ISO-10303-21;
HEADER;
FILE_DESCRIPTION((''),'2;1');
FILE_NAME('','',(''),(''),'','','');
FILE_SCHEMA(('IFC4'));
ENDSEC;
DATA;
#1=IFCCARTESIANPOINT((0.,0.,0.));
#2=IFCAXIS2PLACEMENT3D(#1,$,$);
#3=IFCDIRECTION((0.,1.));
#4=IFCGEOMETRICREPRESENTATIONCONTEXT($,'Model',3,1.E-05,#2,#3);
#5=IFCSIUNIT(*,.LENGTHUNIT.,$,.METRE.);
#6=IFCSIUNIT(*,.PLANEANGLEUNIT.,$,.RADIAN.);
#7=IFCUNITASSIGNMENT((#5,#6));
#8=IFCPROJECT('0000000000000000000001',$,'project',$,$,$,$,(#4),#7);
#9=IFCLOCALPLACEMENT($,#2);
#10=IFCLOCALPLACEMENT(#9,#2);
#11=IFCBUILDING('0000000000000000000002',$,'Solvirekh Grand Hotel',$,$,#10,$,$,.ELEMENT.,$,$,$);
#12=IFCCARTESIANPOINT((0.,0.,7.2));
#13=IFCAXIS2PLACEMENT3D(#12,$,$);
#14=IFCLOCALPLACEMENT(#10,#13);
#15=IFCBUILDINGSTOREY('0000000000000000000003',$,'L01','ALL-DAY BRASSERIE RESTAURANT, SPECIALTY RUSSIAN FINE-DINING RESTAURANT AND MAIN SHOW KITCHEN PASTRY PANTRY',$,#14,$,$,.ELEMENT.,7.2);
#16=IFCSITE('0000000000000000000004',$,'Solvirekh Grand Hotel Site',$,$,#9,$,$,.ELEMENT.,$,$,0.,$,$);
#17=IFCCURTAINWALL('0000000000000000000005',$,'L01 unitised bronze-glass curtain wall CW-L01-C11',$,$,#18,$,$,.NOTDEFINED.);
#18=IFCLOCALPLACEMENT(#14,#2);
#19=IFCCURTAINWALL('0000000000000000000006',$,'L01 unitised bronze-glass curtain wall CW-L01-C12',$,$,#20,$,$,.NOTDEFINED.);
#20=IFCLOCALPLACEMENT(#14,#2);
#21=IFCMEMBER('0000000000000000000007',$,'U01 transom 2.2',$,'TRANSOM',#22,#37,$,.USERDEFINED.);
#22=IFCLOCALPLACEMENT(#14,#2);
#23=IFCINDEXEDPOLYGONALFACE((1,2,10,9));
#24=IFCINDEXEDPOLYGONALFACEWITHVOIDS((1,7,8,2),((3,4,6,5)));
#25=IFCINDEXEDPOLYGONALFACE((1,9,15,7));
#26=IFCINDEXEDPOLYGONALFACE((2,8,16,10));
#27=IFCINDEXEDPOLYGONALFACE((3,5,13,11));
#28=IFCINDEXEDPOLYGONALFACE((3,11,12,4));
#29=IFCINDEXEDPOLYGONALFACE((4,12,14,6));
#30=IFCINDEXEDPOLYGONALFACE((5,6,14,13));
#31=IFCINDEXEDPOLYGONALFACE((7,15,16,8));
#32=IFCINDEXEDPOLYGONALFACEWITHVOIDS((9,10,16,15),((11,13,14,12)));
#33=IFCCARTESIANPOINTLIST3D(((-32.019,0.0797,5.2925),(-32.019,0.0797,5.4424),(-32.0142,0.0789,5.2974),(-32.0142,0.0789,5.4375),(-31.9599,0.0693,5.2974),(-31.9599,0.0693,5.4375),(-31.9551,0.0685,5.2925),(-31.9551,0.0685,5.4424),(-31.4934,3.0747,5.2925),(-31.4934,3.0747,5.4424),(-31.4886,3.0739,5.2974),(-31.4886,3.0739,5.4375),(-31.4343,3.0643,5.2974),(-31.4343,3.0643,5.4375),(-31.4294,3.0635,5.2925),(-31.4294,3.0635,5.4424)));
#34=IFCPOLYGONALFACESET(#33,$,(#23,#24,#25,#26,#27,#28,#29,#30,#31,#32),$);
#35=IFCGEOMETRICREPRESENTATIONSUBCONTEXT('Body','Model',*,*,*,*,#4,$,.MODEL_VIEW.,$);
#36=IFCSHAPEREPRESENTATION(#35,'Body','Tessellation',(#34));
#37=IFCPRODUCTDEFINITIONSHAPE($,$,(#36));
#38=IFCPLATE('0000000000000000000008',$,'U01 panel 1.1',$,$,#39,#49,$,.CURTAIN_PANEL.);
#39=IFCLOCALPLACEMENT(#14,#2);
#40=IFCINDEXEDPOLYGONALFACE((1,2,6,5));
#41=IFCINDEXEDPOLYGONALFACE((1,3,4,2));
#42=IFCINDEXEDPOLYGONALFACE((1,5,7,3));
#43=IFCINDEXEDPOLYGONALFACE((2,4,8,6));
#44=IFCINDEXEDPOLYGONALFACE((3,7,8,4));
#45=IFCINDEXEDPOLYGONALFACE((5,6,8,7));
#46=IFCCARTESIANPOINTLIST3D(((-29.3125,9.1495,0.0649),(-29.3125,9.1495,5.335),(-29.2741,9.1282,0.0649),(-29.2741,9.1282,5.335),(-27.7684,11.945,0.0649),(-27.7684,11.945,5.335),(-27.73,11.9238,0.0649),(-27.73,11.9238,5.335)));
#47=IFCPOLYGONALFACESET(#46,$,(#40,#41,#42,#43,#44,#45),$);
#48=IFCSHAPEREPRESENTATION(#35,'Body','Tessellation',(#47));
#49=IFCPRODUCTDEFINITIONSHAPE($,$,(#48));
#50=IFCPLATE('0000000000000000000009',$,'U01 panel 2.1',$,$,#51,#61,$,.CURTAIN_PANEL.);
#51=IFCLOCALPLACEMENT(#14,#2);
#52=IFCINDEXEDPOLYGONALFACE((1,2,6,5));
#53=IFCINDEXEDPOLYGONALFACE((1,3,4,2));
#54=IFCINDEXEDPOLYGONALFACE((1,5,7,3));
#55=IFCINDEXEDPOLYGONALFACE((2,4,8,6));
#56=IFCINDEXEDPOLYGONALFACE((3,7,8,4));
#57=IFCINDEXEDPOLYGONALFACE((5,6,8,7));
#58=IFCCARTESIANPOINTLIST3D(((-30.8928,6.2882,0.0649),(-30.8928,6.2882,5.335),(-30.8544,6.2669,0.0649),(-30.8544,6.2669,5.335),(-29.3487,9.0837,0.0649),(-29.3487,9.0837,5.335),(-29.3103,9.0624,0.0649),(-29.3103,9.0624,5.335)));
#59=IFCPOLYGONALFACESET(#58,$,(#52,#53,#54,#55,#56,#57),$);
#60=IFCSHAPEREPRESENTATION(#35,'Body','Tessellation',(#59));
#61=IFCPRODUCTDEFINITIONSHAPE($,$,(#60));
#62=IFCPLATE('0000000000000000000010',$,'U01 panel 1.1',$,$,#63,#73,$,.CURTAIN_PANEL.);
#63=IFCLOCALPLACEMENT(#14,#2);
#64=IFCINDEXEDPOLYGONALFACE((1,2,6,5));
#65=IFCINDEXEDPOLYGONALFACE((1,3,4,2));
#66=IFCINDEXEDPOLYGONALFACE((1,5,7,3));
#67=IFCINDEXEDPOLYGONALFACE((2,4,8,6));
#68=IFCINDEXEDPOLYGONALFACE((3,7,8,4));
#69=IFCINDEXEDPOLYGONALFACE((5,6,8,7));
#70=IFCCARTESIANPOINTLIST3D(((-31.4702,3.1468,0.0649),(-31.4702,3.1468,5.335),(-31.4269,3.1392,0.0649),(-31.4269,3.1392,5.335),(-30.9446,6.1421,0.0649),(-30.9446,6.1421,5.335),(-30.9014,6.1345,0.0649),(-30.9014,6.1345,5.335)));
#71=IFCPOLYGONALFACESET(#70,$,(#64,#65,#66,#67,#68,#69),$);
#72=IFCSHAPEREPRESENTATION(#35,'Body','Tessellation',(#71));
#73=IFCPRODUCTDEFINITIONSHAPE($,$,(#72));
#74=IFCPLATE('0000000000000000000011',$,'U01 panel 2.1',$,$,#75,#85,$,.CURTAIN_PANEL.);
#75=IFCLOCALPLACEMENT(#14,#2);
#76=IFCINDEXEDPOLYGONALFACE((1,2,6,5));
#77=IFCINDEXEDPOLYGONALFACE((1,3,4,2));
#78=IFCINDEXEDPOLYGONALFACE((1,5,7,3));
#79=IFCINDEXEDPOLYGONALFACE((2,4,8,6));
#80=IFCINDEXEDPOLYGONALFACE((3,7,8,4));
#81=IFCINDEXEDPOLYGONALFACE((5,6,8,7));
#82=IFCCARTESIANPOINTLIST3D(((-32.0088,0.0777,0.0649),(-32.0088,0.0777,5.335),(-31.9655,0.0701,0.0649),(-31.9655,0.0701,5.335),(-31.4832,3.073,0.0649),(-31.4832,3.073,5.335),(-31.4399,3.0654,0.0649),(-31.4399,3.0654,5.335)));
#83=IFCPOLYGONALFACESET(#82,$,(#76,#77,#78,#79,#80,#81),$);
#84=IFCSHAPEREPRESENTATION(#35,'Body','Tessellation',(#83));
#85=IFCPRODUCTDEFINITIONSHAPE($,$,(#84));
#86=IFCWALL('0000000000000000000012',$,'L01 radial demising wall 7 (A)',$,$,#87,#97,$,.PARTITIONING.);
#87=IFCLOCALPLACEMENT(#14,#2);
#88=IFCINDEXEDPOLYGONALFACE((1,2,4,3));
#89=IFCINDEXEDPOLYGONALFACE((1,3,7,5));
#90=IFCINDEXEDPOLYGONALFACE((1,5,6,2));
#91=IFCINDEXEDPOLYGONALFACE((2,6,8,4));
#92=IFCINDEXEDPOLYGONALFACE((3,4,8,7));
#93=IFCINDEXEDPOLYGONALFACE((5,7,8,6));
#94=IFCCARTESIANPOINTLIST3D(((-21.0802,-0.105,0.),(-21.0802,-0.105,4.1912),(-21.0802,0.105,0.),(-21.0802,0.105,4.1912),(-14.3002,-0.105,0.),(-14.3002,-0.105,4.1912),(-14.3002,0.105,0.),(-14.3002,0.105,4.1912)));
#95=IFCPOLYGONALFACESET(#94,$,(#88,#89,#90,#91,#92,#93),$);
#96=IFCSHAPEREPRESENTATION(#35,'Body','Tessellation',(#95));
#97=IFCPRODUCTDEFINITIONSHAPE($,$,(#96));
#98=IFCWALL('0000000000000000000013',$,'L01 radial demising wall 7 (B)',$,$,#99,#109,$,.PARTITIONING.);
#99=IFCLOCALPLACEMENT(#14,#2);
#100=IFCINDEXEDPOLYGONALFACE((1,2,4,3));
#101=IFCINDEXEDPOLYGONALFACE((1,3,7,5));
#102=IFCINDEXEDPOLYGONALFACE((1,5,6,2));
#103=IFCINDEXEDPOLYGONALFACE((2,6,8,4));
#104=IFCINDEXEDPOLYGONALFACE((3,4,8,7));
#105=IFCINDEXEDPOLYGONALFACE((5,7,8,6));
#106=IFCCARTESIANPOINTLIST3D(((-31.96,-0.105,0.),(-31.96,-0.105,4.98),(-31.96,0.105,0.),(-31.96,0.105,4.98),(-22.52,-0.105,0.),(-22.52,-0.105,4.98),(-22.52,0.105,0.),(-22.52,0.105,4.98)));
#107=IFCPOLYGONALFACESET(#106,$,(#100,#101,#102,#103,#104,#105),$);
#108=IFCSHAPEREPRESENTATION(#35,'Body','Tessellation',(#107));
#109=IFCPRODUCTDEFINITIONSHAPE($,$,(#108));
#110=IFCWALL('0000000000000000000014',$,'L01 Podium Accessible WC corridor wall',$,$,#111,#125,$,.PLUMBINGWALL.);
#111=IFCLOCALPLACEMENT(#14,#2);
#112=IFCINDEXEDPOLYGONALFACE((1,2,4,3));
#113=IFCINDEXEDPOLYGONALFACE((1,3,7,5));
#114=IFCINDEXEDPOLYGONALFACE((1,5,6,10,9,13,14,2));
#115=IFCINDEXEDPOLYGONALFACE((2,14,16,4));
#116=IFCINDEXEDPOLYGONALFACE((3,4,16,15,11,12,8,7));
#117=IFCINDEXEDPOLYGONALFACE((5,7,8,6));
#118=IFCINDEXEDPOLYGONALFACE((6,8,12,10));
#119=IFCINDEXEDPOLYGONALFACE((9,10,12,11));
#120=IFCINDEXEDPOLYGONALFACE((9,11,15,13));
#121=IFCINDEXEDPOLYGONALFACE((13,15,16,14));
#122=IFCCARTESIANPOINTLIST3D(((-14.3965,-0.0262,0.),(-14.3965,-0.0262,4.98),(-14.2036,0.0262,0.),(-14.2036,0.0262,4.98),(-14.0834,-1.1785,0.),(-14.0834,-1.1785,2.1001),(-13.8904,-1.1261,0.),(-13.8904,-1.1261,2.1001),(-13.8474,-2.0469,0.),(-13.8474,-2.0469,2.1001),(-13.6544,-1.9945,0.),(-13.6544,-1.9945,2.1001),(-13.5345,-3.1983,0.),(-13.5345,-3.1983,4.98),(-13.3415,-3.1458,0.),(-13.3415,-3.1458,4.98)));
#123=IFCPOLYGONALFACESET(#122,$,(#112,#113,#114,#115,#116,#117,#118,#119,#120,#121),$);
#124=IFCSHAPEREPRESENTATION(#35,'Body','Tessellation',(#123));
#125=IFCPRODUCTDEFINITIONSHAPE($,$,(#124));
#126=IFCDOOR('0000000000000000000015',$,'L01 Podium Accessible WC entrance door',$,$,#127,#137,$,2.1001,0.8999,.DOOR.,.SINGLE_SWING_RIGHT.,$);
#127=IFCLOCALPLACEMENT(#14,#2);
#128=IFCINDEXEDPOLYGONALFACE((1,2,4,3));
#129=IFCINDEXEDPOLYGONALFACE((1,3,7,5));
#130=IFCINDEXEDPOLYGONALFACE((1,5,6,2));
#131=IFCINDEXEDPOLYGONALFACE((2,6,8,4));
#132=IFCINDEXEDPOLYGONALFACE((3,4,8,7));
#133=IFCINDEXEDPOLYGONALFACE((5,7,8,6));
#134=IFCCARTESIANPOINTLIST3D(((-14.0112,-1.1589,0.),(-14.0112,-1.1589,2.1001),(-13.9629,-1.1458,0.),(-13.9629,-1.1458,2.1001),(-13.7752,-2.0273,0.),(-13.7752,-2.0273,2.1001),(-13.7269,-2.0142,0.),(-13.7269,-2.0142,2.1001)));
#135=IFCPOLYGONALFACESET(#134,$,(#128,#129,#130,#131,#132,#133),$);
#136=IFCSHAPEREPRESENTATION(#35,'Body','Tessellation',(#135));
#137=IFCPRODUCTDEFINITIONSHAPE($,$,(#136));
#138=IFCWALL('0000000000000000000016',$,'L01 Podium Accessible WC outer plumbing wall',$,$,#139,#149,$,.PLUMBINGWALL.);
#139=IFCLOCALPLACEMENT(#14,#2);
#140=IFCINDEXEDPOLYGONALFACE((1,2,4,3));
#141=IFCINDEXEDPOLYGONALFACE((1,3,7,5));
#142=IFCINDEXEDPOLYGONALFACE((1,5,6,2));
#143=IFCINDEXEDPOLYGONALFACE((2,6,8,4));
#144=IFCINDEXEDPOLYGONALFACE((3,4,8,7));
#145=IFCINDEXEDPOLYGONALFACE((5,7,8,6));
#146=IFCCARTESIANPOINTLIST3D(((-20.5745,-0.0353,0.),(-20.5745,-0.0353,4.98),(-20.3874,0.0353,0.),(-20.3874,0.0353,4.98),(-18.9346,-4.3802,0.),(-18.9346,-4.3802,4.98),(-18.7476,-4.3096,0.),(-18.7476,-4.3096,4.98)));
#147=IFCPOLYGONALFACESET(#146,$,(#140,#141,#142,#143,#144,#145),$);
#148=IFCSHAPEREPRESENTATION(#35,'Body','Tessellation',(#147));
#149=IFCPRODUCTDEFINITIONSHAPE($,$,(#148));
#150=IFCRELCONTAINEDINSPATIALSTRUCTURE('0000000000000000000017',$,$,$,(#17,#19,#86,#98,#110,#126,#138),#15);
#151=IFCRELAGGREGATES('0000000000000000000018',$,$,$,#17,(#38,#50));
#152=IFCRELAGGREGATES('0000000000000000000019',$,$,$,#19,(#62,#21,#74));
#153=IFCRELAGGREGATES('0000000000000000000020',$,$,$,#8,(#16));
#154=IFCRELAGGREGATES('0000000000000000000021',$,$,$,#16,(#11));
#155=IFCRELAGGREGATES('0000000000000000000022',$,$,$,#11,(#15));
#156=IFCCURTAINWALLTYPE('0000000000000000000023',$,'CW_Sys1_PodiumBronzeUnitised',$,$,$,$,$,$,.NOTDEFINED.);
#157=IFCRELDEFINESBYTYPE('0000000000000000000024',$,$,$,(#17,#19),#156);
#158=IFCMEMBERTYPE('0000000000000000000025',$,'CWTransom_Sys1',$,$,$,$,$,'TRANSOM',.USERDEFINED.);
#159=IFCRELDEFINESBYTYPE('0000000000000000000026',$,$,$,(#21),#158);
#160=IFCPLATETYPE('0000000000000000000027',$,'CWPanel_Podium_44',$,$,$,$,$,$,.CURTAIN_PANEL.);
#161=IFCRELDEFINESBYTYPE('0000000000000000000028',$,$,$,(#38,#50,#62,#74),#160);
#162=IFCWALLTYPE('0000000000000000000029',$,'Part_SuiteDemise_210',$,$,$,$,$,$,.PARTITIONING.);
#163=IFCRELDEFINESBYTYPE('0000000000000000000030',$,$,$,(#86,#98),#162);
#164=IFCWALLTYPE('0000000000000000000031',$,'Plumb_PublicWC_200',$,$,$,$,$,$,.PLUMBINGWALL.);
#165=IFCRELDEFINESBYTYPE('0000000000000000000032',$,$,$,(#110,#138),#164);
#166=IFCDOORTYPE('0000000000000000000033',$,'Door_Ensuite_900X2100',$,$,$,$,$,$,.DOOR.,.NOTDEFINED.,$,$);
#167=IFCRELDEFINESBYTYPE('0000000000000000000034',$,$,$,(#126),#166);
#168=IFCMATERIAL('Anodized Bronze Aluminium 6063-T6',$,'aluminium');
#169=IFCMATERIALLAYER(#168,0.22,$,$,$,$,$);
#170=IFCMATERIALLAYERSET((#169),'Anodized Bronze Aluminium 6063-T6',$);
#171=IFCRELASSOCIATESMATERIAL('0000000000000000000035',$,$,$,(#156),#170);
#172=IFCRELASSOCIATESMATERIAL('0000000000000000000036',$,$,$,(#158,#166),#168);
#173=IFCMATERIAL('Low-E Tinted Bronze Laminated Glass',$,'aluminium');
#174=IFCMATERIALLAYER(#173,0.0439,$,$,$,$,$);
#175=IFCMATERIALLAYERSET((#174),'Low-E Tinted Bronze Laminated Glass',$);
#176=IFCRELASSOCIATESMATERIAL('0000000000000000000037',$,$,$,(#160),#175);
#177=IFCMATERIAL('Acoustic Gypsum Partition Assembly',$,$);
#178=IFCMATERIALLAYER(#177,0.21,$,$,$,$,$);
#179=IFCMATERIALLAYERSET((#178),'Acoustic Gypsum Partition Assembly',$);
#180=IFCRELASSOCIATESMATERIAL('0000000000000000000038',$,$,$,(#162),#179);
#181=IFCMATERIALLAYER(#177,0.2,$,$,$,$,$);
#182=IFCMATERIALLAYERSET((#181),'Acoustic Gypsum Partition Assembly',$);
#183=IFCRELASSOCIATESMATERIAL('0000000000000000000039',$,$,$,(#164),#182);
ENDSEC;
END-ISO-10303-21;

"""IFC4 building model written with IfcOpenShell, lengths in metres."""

from ifc_helpers import new_model, si_unit, direction, frame, frame_2d, origin, origin_2d, place, context, subcontext, project, spatial, rectangle, hollow_rectangle, extrude, source, transform, mapped, material, layer, layer_set, material_profile, profile_set, type_object, element, fill, aggregate, save


model = new_model("IFC4")

# Units and contexts
model_context = context("Model", 3, precision=1e-05, world=origin(), true_north=direction((0.0, 1.0)))
body_context = subcontext(model_context, "Body", "Model", "MODEL_VIEW")
ifc_project = project(units=[si_unit("LENGTHUNIT", "METRE"), si_unit("PLANEANGLEUNIT", "RADIAN")], contexts=[model_context])

# Site, building, storey
site_placement = place(None, origin())
site = spatial("IfcSite", under=ifc_project, at=site_placement, Name="Solvirekh Grand Hotel Site", CompositionType="ELEMENT", RefElevation=0.0)
building_placement = place(site_placement, origin())
building = spatial("IfcBuilding", under=site, at=building_placement, Name="Solvirekh Grand Hotel", CompositionType="ELEMENT")
storey_placement = place(building_placement, frame((0.0, 0.0, 7.2)))
storey = spatial("IfcBuildingStorey", under=building, at=storey_placement, Name="L01", Description="ALL-DAY BRASSERIE RESTAURANT, SPECIALTY RUSSIAN FINE-DINING RESTAURANT AND MAIN SHOW KITCHEN PASTRY PANTRY", CompositionType="ELEMENT", Elevation=7.2)

# Curtain walls
ifc_material_1 = material(Name="Anodized Bronze Aluminium 6063-T6", Category="aluminium")
ifc_layer_1 = layer(ifc_material_1, 0.22)
ifc_layer_set_1 = layer_set([ifc_layer_1], Name="Anodized Bronze Aluminium 6063-T6")
curtain_wall_type = type_object("IfcCurtainWallType", Name="CW_Sys1_PodiumBronzeUnitised", PredefinedType="NOTDEFINED", material=ifc_layer_set_1)
curtain_wall_1_placement = place(storey_placement, origin())
curtain_wall_1 = element("IfcCurtainWall", 1, at=curtain_wall_1_placement, inside=storey, type_object=curtain_wall_type, Name="L01 unitised bronze-glass curtain wall CW-L01-C11", PredefinedType="NOTDEFINED")
curtain_wall_2_placement = place(storey_placement, origin())
curtain_wall_2 = element("IfcCurtainWall", 2, at=curtain_wall_2_placement, inside=storey, type_object=curtain_wall_type, Name="L01 unitised bronze-glass curtain wall CW-L01-C12", PredefinedType="NOTDEFINED")

# Member
ifc_material_profile_1 = material_profile(ifc_material_1, hollow_rectangle(XDim=0.0649, YDim=0.1499, WallThickness=0.0049, at=origin_2d()), Name="ALU RHS 150X65X5")
ifc_profile_set_1 = profile_set([ifc_material_profile_1], Name="Anodized Bronze Aluminium 6063-T6")
member_type_1 = type_object("IfcMemberType", Name="CWTransom_Sys1", ElementType="TRANSOM", PredefinedType="USERDEFINED", material=ifc_profile_set_1)
shared_shape_1 = source(origin(), body_context, "Body", "SweptSolid", [
    extrude(hollow_rectangle(XDim=0.0649, YDim=0.1499, WallThickness=0.0049, at=origin_2d()), origin(), (0.0, 0.0, 1.0), 3.0408),
])
member_1_placement = place(storey_placement, frame((-31.4614, 3.0691, 5.3674), z_axis=(-0.172856, -0.984947, 0.0), x_axis=(0.984947, -0.172856, 0.0)))
member_1 = element("IfcMember", 3, at=member_1_placement, type_object=member_type_1, Name="U01 transom 2.2", ObjectType="TRANSOM", PredefinedType="USERDEFINED", context=body_context, shape_type="MappedRepresentation", body=[
    mapped(shared_shape_1, transform((0.0, 0.0, 0.0), x_axis=(1.0, 0.0, 0.0), y_axis=(0.0, 1.0, 0.0), z_axis=(0.0, 0.0, 1.0), scale=1.0)),
])

# Plates
ifc_material_2 = material(Name="Low-E Tinted Bronze Laminated Glass", Category="aluminium")
ifc_layer_2 = layer(ifc_material_2, 0.0439)
ifc_layer_set_2 = layer_set([ifc_layer_2], Name="Low-E Tinted Bronze Laminated Glass")
plate_type = type_object("IfcPlateType", Name="CWPanel_Podium_44", PredefinedType="CURTAIN_PANEL", material=ifc_layer_set_2)
shared_shape_2 = source(origin(), body_context, "Body", "SweptSolid", [
    extrude(rectangle(XDim=3.1936, YDim=0.0439, at=origin_2d()), origin(), (0.0, 0.0, 1.0), 5.27),
])
plate_1_placement = place(storey_placement, frame((-28.5212, 10.5366, 0.0649), z_axis=(0.0, 0.0, 1.0), x_axis=(-0.483497, -0.875346, 0.0)))
plate_1 = element("IfcPlate", 4, at=plate_1_placement, type_object=plate_type, Name="U01 panel 1.1", PredefinedType="CURTAIN_PANEL", context=body_context, shape_type="MappedRepresentation", body=[
    mapped(shared_shape_2, transform((0.0, 0.0, 0.0), x_axis=(1.0, 0.0, 0.0), y_axis=(0.0, 1.0, 0.0), z_axis=(0.0, 0.0, 1.0), scale=1.0)),
])
plate_2_placement = place(storey_placement, frame((-30.1016, 7.6753, 0.0649), z_axis=(0.0, 0.0, 1.0), x_axis=(-0.483497, -0.875346, 0.0)))
plate_2 = element("IfcPlate", 5, at=plate_2_placement, type_object=plate_type, Name="U01 panel 2.1", PredefinedType="CURTAIN_PANEL", context=body_context, shape_type="MappedRepresentation", body=[
    mapped(shared_shape_2, transform((0.0, 0.0, 0.0), x_axis=(1.0, 0.0, 0.0), y_axis=(0.0, 1.0, 0.0), z_axis=(0.0, 0.0, 1.0), scale=1.0)),
])
aggregate(curtain_wall_1, [plate_1, plate_2])
shared_shape_3 = source(origin(), body_context, "Body", "SweptSolid", [
    extrude(rectangle(XDim=3.041, YDim=0.0439, at=origin_2d()), origin(), (0.0, 0.0, 1.0), 5.27),
])
plate_3_placement = place(storey_placement, frame((-31.1858, 4.6406, 0.0649), z_axis=(0.0, 0.0, 1.0), x_axis=(-0.172826, -0.984952, 0.0)))
plate_3 = element("IfcPlate", 6, at=plate_3_placement, type_object=plate_type, Name="U01 panel 1.1", PredefinedType="CURTAIN_PANEL", context=body_context, shape_type="MappedRepresentation", body=[
    mapped(shared_shape_3, transform((0.0, 0.0, 0.0), x_axis=(1.0, 0.0, 0.0), y_axis=(0.0, 1.0, 0.0), z_axis=(0.0, 0.0, 1.0), scale=1.0)),
])
plate_4_placement = place(storey_placement, frame((-31.7244, 1.5715, 0.0649), z_axis=(0.0, 0.0, 1.0), x_axis=(-0.172826, -0.984952, 0.0)))
plate_4 = element("IfcPlate", 7, at=plate_4_placement, type_object=plate_type, Name="U01 panel 2.1", PredefinedType="CURTAIN_PANEL", context=body_context, shape_type="MappedRepresentation", body=[
    mapped(shared_shape_3, transform((0.0, 0.0, 0.0), x_axis=(1.0, 0.0, 0.0), y_axis=(0.0, 1.0, 0.0), z_axis=(0.0, 0.0, 1.0), scale=1.0)),
])
aggregate(curtain_wall_2, [plate_3, member_1, plate_4])

# Walls
ifc_material_3 = material(Name="Acoustic Gypsum Partition Assembly")
ifc_layer_3 = layer(ifc_material_3, 0.21)
ifc_layer_set_3 = layer_set([ifc_layer_3], Name="Acoustic Gypsum Partition Assembly")
wall_type_1 = type_object("IfcWallType", Name="Part_SuiteDemise_210", PredefinedType="PARTITIONING", material=ifc_layer_set_3)
wall_1_placement = place(storey_placement, frame((-14.3, 0.0, 0.0), z_axis=(0.0, 0.0, 1.0), x_axis=(-1.0, 0.0, 0.0)))
element("IfcWall", 8, at=wall_1_placement, inside=storey, type_object=wall_type_1, Name="L01 radial demising wall 7 (A)", PredefinedType="PARTITIONING", context=body_context, shape_type="SweptSolid", body=[
    extrude(rectangle(XDim=6.78, YDim=0.21, at=frame_2d((3.3901, 0.0))), origin(), (0.0, 0.0, 1.0), 4.1912),
])
wall_2_placement = place(storey_placement, frame((-22.52, 0.0, 0.0), z_axis=(0.0, 0.0, 1.0), x_axis=(-1.0, 0.0, 0.0)))
element("IfcWall", 9, at=wall_2_placement, inside=storey, type_object=wall_type_1, Name="L01 radial demising wall 7 (B)", PredefinedType="PARTITIONING", context=body_context, shape_type="SweptSolid", body=[
    extrude(rectangle(XDim=9.4399, YDim=0.21, at=frame_2d((4.72, 0.0))), origin(), (0.0, 0.0, 1.0), 4.98),
])

# Wall, opening, door
ifc_layer_4 = layer(ifc_material_3, 0.2)
ifc_layer_set_4 = layer_set([ifc_layer_4], Name="Acoustic Gypsum Partition Assembly")
wall_type_2 = type_object("IfcWallType", Name="Plumb_PublicWC_200", PredefinedType="PLUMBINGWALL", material=ifc_layer_set_4)
wall_3_placement = place(storey_placement, frame((-14.3, 0.0, 0.0), z_axis=(0.0, 0.0, 1.0), x_axis=(0.26225, -0.965, 0.0)))
wall_3 = element("IfcWall", 10, at=wall_3_placement, inside=storey, type_object=wall_type_2, Name="L01 Podium Accessible WC corridor wall", PredefinedType="PLUMBINGWALL", context=body_context, shape_type="SweptSolid", body=[
    extrude(rectangle(XDim=3.2871, YDim=0.2, at=frame_2d((1.6436, 0.0))), origin(), (0.0, 0.0, 1.0), 4.98),
])
opening_placement = place(wall_3_placement, frame((1.1941, 0.0, 0.0)))
opening = element("IfcOpeningElement", 11, at=opening_placement, cuts=wall_3, PredefinedType="OPENING", context=body_context, shape_type="SweptSolid", body=[
    extrude(rectangle(XDim=0.8999, YDim=2.1001, at=frame_2d((0.45, 1.05))), frame((0.0, 0.1099, 0.0), z_axis=(0.0, -1.0, 0.0), x_axis=(1.0, 0.0, 0.0)), (0.0, 0.0, 1.0), 0.22),
])
door_type = type_object("IfcDoorType", Name="Door_Ensuite_900X2100", OperationType="NOTDEFINED", PredefinedType="DOOR", material=ifc_material_1)
door_placement = place(opening_placement, origin())
door = element("IfcDoor", 12, at=door_placement, inside=storey, type_object=door_type, Name="L01 Podium Accessible WC entrance door", OperationType="SINGLE_SWING_RIGHT", OverallHeight=2.1001, OverallWidth=0.8999, PredefinedType="DOOR", context=body_context, shape_type="SweptSolid", body=[
    extrude(rectangle(XDim=0.8999, YDim=2.1001, at=frame_2d((0.45, 1.05))), frame((0.0, 0.0249, 0.0), z_axis=(0.0, -1.0, 0.0), x_axis=(1.0, 0.0, 0.0)), (0.0, 0.0, 1.0), 0.05),
])
fill(opening, door)

# Wall
wall_4_placement = place(storey_placement, frame((-20.481, 0.0, 0.0), z_axis=(0.0, 0.0, 1.0), x_axis=(0.35311, -0.935582, 0.0)))
element("IfcWall", 13, at=wall_4_placement, inside=storey, type_object=wall_type_2, Name="L01 Podium Accessible WC outer plumbing wall", PredefinedType="PLUMBINGWALL", context=body_context, shape_type="SweptSolid", body=[
    extrude(rectangle(XDim=4.644, YDim=0.2, at=frame_2d((2.322, 0.0))), origin(), (0.0, 0.0, 1.0), 4.98),
])

save(model, "model.ifc")
